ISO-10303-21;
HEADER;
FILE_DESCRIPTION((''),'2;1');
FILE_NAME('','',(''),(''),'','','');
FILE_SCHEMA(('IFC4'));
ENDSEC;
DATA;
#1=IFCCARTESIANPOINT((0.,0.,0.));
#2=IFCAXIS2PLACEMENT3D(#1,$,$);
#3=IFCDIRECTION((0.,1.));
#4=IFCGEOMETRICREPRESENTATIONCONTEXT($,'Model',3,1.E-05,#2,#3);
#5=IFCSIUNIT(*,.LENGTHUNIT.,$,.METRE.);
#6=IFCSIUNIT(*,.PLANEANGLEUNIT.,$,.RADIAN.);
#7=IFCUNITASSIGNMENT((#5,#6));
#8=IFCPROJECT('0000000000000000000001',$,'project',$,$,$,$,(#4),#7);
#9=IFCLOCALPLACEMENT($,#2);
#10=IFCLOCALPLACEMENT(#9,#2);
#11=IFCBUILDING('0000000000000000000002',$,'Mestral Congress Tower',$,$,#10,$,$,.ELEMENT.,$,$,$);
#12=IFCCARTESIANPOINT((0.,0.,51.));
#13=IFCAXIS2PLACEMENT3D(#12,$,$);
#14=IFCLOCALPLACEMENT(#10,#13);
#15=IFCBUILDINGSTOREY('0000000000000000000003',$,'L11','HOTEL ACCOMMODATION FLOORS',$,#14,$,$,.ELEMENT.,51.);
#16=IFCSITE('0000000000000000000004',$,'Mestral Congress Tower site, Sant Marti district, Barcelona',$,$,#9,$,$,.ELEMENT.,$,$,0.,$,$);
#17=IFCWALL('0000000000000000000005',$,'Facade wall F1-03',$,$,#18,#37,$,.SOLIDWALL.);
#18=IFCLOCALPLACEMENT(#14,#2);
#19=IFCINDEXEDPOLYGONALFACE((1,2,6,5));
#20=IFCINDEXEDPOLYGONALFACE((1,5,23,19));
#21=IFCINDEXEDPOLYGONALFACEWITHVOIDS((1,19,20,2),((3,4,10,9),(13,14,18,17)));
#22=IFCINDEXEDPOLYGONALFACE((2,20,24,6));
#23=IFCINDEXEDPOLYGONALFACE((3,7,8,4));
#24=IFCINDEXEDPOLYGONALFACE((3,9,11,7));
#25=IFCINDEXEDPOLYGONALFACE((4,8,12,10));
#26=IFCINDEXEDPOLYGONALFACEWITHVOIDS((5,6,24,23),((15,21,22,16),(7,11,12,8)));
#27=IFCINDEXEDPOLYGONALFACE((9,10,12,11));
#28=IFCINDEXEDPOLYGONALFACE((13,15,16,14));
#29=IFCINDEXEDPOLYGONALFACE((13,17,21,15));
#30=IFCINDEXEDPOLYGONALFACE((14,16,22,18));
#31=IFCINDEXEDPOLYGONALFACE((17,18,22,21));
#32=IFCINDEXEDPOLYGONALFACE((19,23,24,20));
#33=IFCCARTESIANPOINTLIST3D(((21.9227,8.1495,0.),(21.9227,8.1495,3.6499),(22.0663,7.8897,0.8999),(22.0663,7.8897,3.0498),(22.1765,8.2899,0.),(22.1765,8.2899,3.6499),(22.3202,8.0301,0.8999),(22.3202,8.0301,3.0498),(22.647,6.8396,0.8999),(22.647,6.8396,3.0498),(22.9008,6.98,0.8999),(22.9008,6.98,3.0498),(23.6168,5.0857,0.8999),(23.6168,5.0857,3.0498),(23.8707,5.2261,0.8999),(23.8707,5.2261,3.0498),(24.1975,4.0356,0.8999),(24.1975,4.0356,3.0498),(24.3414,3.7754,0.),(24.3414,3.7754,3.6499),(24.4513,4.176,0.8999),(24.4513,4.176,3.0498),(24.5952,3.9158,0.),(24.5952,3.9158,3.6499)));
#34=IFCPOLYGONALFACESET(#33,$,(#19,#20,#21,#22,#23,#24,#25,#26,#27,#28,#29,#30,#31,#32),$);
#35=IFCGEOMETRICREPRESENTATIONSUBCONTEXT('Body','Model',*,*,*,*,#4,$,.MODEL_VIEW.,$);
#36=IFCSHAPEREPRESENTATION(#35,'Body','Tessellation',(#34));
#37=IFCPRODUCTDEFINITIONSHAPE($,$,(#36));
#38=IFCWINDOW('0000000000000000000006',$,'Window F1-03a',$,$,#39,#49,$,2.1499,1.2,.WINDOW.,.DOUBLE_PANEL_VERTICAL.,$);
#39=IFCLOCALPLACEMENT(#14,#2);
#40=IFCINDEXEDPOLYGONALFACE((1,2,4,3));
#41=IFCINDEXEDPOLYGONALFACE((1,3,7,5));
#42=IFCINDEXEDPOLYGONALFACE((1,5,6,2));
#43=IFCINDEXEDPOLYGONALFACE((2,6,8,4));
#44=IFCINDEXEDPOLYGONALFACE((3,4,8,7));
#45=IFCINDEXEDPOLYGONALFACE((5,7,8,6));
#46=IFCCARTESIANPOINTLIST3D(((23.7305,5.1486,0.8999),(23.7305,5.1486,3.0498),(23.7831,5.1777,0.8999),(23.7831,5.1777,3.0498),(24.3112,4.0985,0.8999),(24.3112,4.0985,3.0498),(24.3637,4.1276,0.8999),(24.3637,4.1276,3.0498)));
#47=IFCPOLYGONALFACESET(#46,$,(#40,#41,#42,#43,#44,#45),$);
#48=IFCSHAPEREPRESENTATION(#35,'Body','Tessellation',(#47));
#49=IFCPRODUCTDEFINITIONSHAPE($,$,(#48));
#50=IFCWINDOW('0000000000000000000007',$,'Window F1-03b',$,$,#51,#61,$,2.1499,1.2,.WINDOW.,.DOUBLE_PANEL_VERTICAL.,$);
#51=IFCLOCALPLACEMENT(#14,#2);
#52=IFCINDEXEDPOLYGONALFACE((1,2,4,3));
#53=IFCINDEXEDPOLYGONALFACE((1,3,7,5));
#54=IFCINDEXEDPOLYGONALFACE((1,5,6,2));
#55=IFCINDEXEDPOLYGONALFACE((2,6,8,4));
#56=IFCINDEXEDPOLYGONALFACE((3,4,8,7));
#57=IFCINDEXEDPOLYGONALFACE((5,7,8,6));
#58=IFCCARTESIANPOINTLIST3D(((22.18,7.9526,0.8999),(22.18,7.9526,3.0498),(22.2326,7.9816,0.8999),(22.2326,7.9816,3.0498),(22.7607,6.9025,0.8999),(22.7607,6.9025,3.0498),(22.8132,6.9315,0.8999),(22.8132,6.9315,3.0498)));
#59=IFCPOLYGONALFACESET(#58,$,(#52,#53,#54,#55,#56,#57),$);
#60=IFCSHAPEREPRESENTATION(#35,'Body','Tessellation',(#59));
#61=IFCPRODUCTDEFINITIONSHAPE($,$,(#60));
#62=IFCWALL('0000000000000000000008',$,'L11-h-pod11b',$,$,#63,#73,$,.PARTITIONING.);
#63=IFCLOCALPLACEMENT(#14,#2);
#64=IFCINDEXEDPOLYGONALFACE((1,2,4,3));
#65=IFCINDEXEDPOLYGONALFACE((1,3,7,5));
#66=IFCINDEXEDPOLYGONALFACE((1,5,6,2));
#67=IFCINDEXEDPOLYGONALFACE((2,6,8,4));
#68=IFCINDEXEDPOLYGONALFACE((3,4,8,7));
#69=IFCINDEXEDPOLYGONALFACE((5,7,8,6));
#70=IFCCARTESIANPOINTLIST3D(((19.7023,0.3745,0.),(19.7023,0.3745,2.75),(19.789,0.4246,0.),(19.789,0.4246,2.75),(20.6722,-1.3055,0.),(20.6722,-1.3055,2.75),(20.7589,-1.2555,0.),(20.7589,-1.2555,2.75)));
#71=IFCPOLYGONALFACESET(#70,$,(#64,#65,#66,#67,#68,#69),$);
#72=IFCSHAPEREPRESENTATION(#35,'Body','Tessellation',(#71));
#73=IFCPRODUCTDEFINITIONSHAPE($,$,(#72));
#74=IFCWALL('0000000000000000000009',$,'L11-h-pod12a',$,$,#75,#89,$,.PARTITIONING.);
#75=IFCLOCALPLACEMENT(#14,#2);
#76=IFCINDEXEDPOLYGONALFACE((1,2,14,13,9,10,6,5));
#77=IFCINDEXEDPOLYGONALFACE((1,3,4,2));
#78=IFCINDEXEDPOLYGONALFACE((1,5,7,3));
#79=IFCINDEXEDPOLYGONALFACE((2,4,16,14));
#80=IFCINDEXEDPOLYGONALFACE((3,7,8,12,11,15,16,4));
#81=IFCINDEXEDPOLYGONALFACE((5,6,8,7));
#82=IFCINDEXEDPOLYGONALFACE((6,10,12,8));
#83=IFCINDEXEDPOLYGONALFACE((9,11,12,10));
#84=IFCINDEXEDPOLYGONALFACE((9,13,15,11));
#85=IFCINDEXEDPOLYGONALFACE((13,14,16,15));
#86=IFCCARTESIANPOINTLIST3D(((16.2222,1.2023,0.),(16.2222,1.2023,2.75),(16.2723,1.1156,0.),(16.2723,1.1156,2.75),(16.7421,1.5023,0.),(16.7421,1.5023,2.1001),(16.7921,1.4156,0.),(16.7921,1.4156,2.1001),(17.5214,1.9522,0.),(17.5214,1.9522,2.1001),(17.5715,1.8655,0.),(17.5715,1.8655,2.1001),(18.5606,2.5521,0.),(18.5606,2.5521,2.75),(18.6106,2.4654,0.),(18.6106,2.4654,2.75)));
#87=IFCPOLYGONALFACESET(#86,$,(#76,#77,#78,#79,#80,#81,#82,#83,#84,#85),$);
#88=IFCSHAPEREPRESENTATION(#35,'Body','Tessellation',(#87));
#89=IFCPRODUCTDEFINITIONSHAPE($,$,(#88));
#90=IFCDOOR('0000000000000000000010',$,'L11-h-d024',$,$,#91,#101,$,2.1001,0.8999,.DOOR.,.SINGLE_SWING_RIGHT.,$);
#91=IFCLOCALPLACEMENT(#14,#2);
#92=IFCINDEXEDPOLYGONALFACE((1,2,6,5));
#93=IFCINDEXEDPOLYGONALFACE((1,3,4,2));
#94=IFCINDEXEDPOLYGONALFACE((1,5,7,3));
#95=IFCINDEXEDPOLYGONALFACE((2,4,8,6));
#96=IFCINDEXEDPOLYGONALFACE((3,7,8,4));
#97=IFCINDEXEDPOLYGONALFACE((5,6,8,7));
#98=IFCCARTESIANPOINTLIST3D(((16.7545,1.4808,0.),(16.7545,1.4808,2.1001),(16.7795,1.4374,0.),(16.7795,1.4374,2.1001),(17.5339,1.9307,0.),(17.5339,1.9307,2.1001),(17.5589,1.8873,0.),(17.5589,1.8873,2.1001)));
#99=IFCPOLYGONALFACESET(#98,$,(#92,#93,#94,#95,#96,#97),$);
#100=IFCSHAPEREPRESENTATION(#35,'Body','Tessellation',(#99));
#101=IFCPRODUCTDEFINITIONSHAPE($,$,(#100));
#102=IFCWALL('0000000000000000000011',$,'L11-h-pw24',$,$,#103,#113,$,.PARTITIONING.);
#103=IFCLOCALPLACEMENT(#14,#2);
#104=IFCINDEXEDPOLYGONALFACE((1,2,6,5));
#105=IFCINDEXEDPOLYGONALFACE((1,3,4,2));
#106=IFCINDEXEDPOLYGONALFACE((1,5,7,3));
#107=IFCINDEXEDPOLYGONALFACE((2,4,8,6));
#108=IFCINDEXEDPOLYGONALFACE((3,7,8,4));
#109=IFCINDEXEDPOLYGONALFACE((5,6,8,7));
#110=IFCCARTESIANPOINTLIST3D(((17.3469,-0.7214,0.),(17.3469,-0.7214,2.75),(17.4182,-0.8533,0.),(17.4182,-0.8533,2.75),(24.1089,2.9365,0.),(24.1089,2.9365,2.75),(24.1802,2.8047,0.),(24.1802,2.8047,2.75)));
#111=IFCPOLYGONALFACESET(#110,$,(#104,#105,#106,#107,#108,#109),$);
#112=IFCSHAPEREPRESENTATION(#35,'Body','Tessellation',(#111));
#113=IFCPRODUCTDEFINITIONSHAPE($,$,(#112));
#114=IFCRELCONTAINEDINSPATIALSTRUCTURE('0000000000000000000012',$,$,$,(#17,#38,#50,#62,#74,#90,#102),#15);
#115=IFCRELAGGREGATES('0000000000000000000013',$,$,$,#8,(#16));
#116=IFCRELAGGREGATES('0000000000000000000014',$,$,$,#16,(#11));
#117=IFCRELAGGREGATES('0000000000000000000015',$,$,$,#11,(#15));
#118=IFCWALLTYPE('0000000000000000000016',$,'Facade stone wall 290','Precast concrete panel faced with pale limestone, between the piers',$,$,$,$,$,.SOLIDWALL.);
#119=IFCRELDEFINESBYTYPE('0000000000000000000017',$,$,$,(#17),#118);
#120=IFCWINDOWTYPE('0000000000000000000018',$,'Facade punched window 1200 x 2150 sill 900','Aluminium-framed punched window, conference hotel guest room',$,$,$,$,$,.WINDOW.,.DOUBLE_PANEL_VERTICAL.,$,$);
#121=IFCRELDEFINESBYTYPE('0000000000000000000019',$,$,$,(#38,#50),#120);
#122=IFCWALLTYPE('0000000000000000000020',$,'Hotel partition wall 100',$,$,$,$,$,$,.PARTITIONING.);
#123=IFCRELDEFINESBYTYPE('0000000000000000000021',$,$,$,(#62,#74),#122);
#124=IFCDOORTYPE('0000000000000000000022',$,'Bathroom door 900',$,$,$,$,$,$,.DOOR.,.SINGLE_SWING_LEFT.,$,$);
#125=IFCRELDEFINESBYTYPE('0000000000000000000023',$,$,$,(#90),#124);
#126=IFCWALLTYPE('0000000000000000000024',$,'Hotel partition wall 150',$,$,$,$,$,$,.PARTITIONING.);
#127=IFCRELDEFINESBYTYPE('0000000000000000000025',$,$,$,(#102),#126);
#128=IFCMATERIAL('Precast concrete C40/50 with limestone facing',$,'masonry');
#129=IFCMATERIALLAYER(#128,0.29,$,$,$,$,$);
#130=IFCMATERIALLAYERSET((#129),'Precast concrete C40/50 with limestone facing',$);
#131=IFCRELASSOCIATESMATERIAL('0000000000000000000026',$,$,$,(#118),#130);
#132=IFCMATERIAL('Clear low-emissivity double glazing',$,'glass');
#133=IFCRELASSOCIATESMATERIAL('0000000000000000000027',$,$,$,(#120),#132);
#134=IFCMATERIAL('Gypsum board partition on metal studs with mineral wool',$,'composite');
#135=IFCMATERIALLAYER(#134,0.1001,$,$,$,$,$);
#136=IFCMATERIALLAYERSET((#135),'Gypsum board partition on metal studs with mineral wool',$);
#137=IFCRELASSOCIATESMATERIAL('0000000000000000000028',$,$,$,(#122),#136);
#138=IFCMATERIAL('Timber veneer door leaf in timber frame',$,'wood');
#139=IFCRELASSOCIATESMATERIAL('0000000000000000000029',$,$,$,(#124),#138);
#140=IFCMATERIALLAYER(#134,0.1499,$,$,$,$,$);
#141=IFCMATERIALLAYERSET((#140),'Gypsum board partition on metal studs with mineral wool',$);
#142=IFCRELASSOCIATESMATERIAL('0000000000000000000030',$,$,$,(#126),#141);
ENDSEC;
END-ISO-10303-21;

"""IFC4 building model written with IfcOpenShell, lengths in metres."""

from ifc_helpers import new_model, si_unit, direction, frame, frame_2d, origin, place, context, subcontext, project, spatial, rectangle, extrude, material, layer, layer_set, type_object, element, fill, save


model = new_model("IFC4")

# Units and contexts
model_context = context("Model", 3, precision=1e-05, world=origin(), true_north=direction((0.0, 1.0)))
body_context = subcontext(model_context, "Body", "Model", "MODEL_VIEW")
ifc_project = project(units=[si_unit("LENGTHUNIT", "METRE"), si_unit("PLANEANGLEUNIT", "RADIAN")], contexts=[model_context])

# Site, building, storey
site_placement = place(None, origin())
site = spatial("IfcSite", under=ifc_project, at=site_placement, Name="Mestral Congress Tower site, Sant Marti district, Barcelona", CompositionType="ELEMENT", RefElevation=0.0)
building_placement = place(site_placement, origin())
building = spatial("IfcBuilding", under=site, at=building_placement, Name="Mestral Congress Tower", CompositionType="ELEMENT")
storey_placement = place(building_placement, frame((0.0, 0.0, 51.0)))
storey = spatial("IfcBuildingStorey", under=building, at=storey_placement, Name="L11", Description="HOTEL ACCOMMODATION FLOORS", CompositionType="ELEMENT", Elevation=51.0)

# Wall, openings, windows
ifc_material_1 = material(Name="Precast concrete C40/50 with limestone facing", Category="masonry")
ifc_layer_1 = layer(ifc_material_1, 0.29)
ifc_layer_set_1 = layer_set([ifc_layer_1], Name="Precast concrete C40/50 with limestone facing")
wall_type_1 = type_object("IfcWallType", Name="Facade stone wall 290", Description="Precast concrete panel faced with pale limestone, between the piers", PredefinedType="SOLIDWALL", material=ifc_layer_set_1)
ifc_material_2 = material(Name="Clear low-emissivity double glazing", Category="glass")
window_type = type_object("IfcWindowType", Name="Facade punched window 1200 x 2150 sill 900", Description="Aluminium-framed punched window, conference hotel guest room", PartitioningType="DOUBLE_PANEL_VERTICAL", PredefinedType="WINDOW", material=ifc_material_2)
wall_1_placement = place(storey_placement, frame((24.4683, 3.8457, 0.0), z_axis=(0.0, 0.0, 1.0), x_axis=(-0.483913, 0.875116, 0.0)))
wall_1 = element("IfcWall", 1, at=wall_1_placement, inside=storey, type_object=wall_type_1, Name="Facade wall F1-03", PredefinedType="SOLIDWALL", context=body_context, shape_type="SweptSolid", body=[
    extrude(rectangle(XDim=4.9983, YDim=0.29, at=frame_2d((2.499, 0.0))), origin(), (0.0, 0.0, 1.0), 3.6499),
])
opening_1_placement = place(wall_1_placement, frame((0.2971, 0.0, 0.8999)))
opening_1 = element("IfcOpeningElement", 2, at=opening_1_placement, cuts=wall_1, PredefinedType="OPENING", context=body_context, shape_type="SweptSolid", body=[
    extrude(rectangle(XDim=1.2, YDim=2.1499, at=frame_2d((0.6001, 1.075))), frame((0.0, 0.155, 0.0), z_axis=(0.0, -1.0, 0.0), x_axis=(1.0, 0.0, 0.0)), (0.0, 0.0, 1.0), 0.3101),
])
opening_2_placement = place(wall_1_placement, frame((3.5012, 0.0, 0.8999)))
opening_2 = element("IfcOpeningElement", 3, at=opening_2_placement, cuts=wall_1, PredefinedType="OPENING", context=body_context, shape_type="SweptSolid", body=[
    extrude(rectangle(XDim=1.2, YDim=2.1499, at=frame_2d((0.6001, 1.075))), frame((0.0, 0.155, 0.0), z_axis=(0.0, -1.0, 0.0), x_axis=(1.0, 0.0, 0.0)), (0.0, 0.0, 1.0), 0.3101),
])
window_1_placement = place(opening_1_placement, origin())
window_1 = element("IfcWindow", 4, at=window_1_placement, inside=storey, type_object=window_type, Name="Window F1-03a", OverallHeight=2.1499, OverallWidth=1.2, PartitioningType="DOUBLE_PANEL_VERTICAL", PredefinedType="WINDOW", context=body_context, shape_type="SweptSolid", body=[
    extrude(rectangle(XDim=1.2, YDim=2.1499, at=frame_2d((0.6001, 1.075))), frame((0.0, 0.0151, 0.0), z_axis=(0.0, -1.0, 0.0), x_axis=(1.0, 0.0, 0.0)), (0.0, 0.0, 1.0), 0.0601),
])
fill(opening_1, window_1)
window_2_placement = place(opening_2_placement, origin())
window_2 = element("IfcWindow", 5, at=window_2_placement, inside=storey, type_object=window_type, Name="Window F1-03b", OverallHeight=2.1499, OverallWidth=1.2, PartitioningType="DOUBLE_PANEL_VERTICAL", PredefinedType="WINDOW", context=body_context, shape_type="SweptSolid", body=[
    extrude(rectangle(XDim=1.2, YDim=2.1499, at=frame_2d((0.6001, 1.075))), frame((0.0, 0.0151, 0.0), z_axis=(0.0, -1.0, 0.0), x_axis=(1.0, 0.0, 0.0)), (0.0, 0.0, 1.0), 0.0601),
])
fill(opening_2, window_2)

# Wall
ifc_material_3 = material(Name="Gypsum board partition on metal studs with mineral wool", Category="composite")
ifc_layer_2 = layer(ifc_material_3, 0.1001)
ifc_layer_set_2 = layer_set([ifc_layer_2], Name="Gypsum board partition on metal studs with mineral wool")
wall_type_2 = type_object("IfcWallType", Name="Hotel partition wall 100", PredefinedType="PARTITIONING", material=ifc_layer_set_2)
wall_2_placement = place(storey_placement, frame((20.7156, -1.2805, 0.0), z_axis=(0.0, 0.0, 1.0), x_axis=(-0.499969, 0.866043, 0.0)))
element("IfcWall", 6, at=wall_2_placement, inside=storey, type_object=wall_type_2, Name="L11-h-pod11b", PredefinedType="PARTITIONING", context=body_context, shape_type="SweptSolid", body=[
    extrude(rectangle(XDim=1.9399, YDim=0.1001, at=frame_2d((0.97, 0.0))), origin(), (0.0, 0.0, 1.0), 2.75),
])

# Wall, opening, door
wall_3_placement = place(storey_placement, frame((18.5857, 2.5088, 0.0), z_axis=(0.0, 0.0, 1.0), x_axis=(-0.866059, -0.499942, 0.0)))
wall_3 = element("IfcWall", 7, at=wall_3_placement, inside=storey, type_object=wall_type_2, Name="L11-h-pod12a", PredefinedType="PARTITIONING", context=body_context, shape_type="SweptSolid", body=[
    extrude(rectangle(XDim=2.7, YDim=0.1001, at=frame_2d((1.3501, 0.0))), origin(), (0.0, 0.0, 1.0), 2.75),
])
opening_3_placement = place(wall_3_placement, frame((1.2, 0.0, 0.0)))
opening_3 = element("IfcOpeningElement", 8, at=opening_3_placement, cuts=wall_3, PredefinedType="OPENING", context=body_context, shape_type="SweptSolid", body=[
    extrude(rectangle(XDim=0.8999, YDim=2.1001, at=frame_2d((0.45, 1.05))), frame((0.0, 0.0601, 0.0), z_axis=(0.0, -1.0, 0.0), x_axis=(1.0, 0.0, 0.0)), (0.0, 0.0, 1.0), 0.1201),
])
ifc_material_4 = material(Name="Timber veneer door leaf in timber frame", Category="wood")
door_type = type_object("IfcDoorType", Name="Bathroom door 900", OperationType="SINGLE_SWING_LEFT", PredefinedType="DOOR", material=ifc_material_4)
door_placement = place(opening_3_placement, origin())
door = element("IfcDoor", 9, at=door_placement, inside=storey, type_object=door_type, Name="L11-h-d024", OperationType="SINGLE_SWING_RIGHT", OverallHeight=2.1001, OverallWidth=0.8999, PredefinedType="DOOR", context=body_context, shape_type="SweptSolid", body=[
    extrude(rectangle(XDim=0.8999, YDim=2.1001, at=frame_2d((0.45, 1.05))), frame((0.0, 0.0249, 0.0), z_axis=(0.0, -1.0, 0.0), x_axis=(1.0, 0.0, 0.0)), (0.0, 0.0, 1.0), 0.05),
])
fill(opening_3, door)

# Wall
ifc_layer_3 = layer(ifc_material_3, 0.1499)
ifc_layer_set_3 = layer_set([ifc_layer_3], Name="Gypsum board partition on metal studs with mineral wool")
wall_type_3 = type_object("IfcWallType", Name="Hotel partition wall 150", PredefinedType="PARTITIONING", material=ifc_layer_set_3)
wall_4_placement = place(storey_placement, frame((24.1445, 2.8706, 0.0), z_axis=(0.0, 0.0, 1.0), x_axis=(-0.879552, -0.475803, 0.0)))
element("IfcWall", 10, at=wall_4_placement, inside=storey, type_object=wall_type_3, Name="L11-h-pw24", PredefinedType="PARTITIONING", context=body_context, shape_type="SweptSolid", body=[
    extrude(rectangle(XDim=7.688, YDim=0.1499, at=frame_2d((3.844, 0.0))), origin(), (0.0, 0.0, 1.0), 2.75),
])

save(model, "model.ifc")
